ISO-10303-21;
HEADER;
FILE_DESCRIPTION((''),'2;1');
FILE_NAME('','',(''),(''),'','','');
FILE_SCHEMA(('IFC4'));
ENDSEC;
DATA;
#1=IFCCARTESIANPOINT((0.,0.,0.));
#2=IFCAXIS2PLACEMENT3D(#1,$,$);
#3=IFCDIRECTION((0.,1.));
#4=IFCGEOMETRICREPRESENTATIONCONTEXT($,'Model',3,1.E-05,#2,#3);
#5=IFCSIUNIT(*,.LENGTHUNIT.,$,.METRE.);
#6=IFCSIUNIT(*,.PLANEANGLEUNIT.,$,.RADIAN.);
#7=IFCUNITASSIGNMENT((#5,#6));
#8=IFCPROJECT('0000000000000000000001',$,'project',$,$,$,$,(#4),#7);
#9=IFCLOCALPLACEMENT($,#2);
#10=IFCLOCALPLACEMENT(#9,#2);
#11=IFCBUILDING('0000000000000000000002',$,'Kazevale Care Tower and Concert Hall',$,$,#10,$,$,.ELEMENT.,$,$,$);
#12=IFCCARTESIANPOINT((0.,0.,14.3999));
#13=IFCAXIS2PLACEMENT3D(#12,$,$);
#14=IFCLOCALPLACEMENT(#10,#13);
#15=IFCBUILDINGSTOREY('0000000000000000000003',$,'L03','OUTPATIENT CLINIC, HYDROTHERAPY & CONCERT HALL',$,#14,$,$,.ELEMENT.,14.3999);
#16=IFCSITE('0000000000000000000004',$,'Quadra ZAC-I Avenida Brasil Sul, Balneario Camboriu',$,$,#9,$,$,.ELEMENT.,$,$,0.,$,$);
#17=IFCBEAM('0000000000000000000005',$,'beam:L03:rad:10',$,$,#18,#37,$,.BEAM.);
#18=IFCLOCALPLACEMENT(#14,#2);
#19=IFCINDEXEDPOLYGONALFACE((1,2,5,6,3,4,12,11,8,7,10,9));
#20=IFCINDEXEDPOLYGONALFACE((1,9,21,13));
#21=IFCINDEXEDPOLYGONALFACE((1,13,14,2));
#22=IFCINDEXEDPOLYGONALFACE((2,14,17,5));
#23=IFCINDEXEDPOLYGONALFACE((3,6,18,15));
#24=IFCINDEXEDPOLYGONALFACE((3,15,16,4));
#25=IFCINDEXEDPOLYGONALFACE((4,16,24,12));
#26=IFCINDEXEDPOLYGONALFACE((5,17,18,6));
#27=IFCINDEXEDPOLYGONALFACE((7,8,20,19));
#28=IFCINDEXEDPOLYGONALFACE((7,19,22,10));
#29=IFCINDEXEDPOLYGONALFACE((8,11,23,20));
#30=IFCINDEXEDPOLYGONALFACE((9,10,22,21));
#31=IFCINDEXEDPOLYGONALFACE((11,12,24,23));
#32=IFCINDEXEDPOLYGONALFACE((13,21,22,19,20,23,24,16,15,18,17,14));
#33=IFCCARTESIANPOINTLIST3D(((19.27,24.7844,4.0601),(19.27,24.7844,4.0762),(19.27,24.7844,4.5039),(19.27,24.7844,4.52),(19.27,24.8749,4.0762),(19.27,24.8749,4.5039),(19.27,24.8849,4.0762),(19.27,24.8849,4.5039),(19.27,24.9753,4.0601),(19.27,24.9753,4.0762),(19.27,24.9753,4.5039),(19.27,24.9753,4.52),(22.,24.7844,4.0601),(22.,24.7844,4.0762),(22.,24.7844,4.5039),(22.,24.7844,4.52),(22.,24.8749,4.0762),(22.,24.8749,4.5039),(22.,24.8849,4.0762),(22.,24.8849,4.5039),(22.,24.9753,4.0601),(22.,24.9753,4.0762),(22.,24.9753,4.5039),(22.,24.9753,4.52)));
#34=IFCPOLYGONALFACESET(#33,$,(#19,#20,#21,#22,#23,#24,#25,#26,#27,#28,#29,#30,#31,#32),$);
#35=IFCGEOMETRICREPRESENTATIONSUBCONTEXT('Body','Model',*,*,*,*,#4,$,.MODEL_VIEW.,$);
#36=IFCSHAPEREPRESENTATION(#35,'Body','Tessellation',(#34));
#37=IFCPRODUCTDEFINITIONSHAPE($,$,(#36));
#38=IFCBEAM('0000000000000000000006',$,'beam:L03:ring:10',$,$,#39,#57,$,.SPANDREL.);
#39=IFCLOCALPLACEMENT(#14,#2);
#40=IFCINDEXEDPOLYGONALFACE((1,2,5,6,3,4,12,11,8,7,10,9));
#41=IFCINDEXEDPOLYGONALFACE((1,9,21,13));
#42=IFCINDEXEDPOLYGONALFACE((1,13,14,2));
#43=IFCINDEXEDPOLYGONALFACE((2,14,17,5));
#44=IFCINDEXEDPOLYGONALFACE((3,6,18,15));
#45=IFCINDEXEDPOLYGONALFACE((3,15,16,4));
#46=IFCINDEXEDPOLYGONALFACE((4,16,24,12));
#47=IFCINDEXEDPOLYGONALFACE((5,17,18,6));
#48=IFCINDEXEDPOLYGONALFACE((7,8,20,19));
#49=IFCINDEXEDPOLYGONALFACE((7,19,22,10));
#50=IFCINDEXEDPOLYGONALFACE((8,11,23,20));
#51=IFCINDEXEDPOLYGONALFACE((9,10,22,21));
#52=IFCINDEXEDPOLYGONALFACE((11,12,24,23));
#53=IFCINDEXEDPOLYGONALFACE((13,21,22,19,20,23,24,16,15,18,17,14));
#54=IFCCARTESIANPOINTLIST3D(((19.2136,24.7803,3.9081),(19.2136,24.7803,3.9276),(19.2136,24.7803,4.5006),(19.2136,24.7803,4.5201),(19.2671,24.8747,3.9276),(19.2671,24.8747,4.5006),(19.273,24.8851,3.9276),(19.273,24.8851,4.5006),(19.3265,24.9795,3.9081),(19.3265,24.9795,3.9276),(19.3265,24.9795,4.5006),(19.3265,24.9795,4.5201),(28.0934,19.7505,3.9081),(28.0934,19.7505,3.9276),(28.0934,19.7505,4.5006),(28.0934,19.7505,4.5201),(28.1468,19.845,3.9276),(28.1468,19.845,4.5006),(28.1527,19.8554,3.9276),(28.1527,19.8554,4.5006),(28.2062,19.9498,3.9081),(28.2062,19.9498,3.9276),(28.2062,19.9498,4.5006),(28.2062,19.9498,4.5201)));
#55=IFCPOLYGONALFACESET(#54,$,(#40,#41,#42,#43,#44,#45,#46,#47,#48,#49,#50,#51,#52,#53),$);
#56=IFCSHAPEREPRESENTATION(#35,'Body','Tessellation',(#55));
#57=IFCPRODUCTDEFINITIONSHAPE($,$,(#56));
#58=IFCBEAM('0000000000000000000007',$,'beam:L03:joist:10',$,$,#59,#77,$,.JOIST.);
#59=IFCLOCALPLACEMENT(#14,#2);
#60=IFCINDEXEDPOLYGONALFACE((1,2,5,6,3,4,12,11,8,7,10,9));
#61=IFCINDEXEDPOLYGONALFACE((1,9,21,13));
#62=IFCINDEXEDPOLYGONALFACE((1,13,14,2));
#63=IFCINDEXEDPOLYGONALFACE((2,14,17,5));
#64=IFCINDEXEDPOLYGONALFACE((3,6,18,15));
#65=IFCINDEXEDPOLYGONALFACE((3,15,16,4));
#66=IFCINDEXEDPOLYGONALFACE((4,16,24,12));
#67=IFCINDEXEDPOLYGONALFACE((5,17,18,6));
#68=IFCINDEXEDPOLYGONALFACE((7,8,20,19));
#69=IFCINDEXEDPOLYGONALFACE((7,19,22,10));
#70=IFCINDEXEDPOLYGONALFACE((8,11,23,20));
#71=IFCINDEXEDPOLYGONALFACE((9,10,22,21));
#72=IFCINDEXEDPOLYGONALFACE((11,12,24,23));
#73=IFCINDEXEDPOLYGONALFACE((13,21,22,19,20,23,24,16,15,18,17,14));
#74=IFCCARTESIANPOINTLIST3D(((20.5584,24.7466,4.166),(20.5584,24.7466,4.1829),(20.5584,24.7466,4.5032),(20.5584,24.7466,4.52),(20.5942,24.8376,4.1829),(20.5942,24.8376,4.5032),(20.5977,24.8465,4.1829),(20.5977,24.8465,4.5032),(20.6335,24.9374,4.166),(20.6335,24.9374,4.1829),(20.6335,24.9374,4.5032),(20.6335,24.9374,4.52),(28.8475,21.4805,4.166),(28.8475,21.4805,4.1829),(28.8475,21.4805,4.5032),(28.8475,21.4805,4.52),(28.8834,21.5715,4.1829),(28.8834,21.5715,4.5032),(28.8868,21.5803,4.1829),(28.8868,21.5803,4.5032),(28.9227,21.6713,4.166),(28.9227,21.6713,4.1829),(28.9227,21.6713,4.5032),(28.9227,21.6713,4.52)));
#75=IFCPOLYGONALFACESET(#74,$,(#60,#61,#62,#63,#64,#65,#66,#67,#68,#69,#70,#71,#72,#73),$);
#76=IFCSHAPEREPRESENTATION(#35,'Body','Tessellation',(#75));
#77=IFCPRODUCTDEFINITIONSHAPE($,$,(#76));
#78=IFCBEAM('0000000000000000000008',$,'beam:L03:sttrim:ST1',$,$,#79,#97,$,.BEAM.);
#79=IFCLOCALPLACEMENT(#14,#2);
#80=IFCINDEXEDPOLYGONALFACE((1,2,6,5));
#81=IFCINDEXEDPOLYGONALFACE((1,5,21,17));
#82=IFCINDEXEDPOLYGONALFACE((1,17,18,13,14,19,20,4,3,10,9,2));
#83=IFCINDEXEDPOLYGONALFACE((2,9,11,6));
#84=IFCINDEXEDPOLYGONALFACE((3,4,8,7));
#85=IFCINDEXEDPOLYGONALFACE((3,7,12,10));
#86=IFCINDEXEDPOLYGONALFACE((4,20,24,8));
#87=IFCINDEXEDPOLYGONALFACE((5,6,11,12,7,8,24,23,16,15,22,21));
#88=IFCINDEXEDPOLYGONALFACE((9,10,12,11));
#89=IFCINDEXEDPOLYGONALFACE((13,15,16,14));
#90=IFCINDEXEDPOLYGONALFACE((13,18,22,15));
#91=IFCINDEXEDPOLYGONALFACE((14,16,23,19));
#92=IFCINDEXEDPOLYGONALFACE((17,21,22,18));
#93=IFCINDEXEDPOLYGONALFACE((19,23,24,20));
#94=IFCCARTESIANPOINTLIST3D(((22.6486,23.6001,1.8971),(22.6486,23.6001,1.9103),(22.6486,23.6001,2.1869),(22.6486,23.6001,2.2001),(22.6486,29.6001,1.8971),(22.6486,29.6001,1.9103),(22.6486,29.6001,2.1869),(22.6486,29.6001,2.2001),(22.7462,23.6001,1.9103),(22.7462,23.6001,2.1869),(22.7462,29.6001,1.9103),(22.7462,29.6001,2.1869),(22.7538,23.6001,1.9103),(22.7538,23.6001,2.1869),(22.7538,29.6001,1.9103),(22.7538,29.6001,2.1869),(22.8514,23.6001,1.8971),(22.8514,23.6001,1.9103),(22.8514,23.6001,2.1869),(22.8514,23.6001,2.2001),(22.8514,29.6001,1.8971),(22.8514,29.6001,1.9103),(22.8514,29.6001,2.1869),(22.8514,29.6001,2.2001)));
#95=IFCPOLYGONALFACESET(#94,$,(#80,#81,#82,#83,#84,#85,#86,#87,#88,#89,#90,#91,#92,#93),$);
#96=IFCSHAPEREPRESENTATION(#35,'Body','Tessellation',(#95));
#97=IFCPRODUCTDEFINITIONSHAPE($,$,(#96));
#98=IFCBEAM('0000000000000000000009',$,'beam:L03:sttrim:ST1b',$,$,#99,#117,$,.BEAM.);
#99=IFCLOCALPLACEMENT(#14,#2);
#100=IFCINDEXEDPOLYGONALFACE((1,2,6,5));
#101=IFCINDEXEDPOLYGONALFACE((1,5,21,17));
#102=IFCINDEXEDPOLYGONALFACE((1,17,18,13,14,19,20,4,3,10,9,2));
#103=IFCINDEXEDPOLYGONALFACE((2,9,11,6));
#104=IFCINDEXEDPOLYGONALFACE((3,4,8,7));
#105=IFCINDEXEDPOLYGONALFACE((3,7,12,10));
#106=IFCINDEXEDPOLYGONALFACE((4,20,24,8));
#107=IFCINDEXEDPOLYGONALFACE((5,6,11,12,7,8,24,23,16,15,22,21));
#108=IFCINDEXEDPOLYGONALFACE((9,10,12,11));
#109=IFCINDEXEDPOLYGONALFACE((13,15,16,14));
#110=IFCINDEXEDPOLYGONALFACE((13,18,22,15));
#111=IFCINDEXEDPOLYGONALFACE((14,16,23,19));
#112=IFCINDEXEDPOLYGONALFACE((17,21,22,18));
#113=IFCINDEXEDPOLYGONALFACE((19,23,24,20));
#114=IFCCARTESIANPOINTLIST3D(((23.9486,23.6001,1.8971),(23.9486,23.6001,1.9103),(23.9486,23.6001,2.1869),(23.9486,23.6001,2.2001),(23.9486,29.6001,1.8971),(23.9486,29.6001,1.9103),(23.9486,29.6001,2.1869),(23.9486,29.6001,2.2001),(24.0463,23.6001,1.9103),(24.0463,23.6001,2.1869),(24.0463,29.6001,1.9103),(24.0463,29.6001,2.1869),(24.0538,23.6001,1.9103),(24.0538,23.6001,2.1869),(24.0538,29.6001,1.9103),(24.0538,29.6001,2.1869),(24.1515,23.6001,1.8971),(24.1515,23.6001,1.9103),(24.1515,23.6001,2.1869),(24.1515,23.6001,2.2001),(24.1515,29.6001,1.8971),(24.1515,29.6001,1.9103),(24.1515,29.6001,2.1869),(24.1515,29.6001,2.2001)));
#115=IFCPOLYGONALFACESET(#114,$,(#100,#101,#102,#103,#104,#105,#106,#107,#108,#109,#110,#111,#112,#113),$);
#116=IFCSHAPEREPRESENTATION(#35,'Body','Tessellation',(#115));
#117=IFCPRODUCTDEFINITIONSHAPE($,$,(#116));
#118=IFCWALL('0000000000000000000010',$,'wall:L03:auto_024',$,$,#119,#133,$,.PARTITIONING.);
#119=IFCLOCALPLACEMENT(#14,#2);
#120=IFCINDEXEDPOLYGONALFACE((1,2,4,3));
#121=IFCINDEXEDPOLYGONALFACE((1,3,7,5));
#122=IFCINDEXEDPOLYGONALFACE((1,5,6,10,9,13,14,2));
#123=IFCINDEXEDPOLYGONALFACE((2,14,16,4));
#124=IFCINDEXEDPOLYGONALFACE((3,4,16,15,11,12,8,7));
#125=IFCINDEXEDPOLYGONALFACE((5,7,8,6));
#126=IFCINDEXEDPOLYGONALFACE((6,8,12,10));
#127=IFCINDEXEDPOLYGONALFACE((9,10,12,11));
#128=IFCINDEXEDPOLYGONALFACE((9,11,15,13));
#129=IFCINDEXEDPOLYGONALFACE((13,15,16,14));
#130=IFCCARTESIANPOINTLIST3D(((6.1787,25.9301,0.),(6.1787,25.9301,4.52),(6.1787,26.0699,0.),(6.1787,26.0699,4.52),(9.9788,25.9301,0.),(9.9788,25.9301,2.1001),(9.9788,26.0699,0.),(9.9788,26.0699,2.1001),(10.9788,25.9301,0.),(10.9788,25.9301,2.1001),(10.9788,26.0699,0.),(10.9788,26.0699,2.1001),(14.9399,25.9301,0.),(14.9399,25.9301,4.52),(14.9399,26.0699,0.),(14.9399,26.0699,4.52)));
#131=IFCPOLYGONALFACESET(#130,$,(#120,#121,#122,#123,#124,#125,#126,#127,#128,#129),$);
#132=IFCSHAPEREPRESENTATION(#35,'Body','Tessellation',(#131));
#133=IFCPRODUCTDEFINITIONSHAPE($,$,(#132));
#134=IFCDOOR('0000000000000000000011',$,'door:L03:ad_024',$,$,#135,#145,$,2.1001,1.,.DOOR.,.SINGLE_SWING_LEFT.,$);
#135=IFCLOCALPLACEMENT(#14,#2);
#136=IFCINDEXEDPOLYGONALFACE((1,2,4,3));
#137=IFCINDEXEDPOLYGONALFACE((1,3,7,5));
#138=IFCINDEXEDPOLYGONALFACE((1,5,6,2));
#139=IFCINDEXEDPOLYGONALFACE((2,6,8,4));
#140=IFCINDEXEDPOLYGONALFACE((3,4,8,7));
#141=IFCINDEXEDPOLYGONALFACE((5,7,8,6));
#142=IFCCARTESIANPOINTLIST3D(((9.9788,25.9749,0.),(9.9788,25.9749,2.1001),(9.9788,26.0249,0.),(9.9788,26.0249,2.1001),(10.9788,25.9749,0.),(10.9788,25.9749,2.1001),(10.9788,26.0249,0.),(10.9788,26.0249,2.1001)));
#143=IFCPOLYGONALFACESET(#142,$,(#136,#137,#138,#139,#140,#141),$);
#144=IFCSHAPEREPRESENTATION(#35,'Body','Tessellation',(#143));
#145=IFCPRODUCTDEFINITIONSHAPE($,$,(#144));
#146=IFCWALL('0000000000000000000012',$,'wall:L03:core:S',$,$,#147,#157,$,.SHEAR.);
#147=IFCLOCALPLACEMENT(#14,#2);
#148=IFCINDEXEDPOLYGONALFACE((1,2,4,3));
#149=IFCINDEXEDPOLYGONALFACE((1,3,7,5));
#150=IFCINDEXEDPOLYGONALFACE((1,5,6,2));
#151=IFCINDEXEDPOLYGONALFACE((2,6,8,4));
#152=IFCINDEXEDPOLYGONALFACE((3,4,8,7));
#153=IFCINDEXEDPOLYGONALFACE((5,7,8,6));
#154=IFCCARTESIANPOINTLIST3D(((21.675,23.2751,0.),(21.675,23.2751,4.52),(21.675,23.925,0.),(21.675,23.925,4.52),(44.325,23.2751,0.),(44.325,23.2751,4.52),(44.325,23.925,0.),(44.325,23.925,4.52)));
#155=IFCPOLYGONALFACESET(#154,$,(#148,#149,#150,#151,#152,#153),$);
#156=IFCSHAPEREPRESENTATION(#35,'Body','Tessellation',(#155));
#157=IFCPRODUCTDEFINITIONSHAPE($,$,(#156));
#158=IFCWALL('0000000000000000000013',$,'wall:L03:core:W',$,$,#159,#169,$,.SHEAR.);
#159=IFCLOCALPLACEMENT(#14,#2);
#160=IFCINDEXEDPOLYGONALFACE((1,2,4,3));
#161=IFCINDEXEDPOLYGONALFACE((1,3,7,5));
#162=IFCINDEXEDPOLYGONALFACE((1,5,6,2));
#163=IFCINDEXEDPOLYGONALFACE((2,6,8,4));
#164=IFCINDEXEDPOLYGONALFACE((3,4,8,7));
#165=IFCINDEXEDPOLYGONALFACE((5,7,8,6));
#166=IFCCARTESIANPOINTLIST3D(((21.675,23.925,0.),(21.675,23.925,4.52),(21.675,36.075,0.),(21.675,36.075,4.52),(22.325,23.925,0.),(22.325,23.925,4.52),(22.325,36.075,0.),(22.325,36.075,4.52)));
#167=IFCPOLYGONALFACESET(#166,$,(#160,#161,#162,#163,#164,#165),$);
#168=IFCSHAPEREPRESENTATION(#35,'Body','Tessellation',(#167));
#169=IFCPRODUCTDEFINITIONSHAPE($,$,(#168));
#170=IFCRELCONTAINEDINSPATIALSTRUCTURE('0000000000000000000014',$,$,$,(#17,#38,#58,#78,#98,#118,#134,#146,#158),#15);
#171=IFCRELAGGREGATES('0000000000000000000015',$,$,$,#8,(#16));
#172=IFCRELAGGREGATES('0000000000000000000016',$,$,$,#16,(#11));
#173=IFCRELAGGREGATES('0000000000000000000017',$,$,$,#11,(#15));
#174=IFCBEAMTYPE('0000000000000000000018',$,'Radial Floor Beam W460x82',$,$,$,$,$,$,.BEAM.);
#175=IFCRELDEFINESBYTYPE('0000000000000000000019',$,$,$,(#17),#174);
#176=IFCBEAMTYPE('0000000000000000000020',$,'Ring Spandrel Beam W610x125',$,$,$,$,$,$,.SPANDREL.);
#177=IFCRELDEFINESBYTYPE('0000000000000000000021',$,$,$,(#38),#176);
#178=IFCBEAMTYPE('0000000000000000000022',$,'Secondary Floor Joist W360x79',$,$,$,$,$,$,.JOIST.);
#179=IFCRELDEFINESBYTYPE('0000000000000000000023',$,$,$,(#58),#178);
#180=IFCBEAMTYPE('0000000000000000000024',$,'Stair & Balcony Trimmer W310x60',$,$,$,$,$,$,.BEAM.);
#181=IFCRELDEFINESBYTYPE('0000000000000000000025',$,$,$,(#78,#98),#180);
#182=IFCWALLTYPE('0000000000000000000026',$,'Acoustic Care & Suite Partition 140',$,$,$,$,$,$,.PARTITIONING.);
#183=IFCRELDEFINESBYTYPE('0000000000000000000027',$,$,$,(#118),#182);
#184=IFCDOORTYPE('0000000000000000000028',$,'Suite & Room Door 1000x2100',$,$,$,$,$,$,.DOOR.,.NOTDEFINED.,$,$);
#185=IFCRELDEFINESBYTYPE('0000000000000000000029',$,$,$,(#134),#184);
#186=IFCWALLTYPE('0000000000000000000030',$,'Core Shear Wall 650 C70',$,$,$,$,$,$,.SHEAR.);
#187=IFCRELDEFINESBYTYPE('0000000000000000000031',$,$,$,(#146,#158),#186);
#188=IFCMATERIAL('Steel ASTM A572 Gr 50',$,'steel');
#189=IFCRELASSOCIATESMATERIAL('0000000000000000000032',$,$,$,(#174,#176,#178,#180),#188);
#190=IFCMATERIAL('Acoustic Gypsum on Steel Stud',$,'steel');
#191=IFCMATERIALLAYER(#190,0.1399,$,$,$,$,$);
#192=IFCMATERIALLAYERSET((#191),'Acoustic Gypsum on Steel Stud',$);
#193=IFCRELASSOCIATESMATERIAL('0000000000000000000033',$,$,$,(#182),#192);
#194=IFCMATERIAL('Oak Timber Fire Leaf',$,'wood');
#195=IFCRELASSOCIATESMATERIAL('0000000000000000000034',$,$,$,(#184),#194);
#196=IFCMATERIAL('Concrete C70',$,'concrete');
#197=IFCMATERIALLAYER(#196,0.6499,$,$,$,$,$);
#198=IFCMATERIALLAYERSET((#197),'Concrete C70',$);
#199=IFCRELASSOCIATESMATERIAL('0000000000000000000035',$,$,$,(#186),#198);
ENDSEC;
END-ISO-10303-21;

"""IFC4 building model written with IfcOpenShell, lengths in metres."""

from ifc_helpers import new_model, si_unit, direction, frame, frame_2d, origin, origin_2d, place, context, subcontext, project, spatial, rectangle, i_section, extrude, material, layer, layer_set, material_profile, profile_set, type_object, element, fill, save


model = new_model("IFC4")

# Units and contexts
model_context = context("Model", 3, precision=1e-05, world=origin(), true_north=direction((0.0, 1.0)))
body_context = subcontext(model_context, "Body", "Model", "MODEL_VIEW")
ifc_project = project(units=[si_unit("LENGTHUNIT", "METRE"), si_unit("PLANEANGLEUNIT", "RADIAN")], contexts=[model_context])

# Site, building, storey
site_placement = place(None, origin())
site = spatial("IfcSite", under=ifc_project, at=site_placement, Name="Quadra ZAC-I Avenida Brasil Sul, Balneario Camboriu", CompositionType="ELEMENT", RefElevation=0.0)
building_placement = place(site_placement, origin())
building = spatial("IfcBuilding", under=site, at=building_placement, Name="Kazevale Care Tower and Concert Hall", CompositionType="ELEMENT")
storey_placement = place(building_placement, frame((0.0, 0.0, 14.3999)))
storey = spatial("IfcBuildingStorey", under=building, at=storey_placement, Name="L03", Description="OUTPATIENT CLINIC, HYDROTHERAPY & CONCERT HALL", CompositionType="ELEMENT", Elevation=14.3999)

# Shared definitions
ifc_material_1 = material(Name="Concrete C70", Category="concrete")

# Beams
ifc_material_2 = material(Name="Steel ASTM A572 Gr 50", Category="steel")
ifc_material_profile_1 = material_profile(ifc_material_2, i_section(OverallWidth=0.1909, OverallDepth=0.46, WebThickness=0.01, FlangeThickness=0.0161, at=origin_2d()), Name="W460x82")
ifc_profile_set_1 = profile_set([ifc_material_profile_1], Name="Steel ASTM A572 Gr 50")
beam_type_1 = type_object("IfcBeamType", Name="Radial Floor Beam W460x82", PredefinedType="BEAM", material=ifc_profile_set_1)
beam_1_placement = place(storey_placement, frame((22.0, 24.8799, 4.29), z_axis=(-1.0, 0.0, 0.0), x_axis=(0.0, -1.0, 0.0)))
element("IfcBeam", 1, at=beam_1_placement, inside=storey, type_object=beam_type_1, Name="beam:L03:rad:10", PredefinedType="BEAM", context=body_context, shape_type="SweptSolid", body=[
    extrude(i_section(OverallWidth=0.1909, OverallDepth=0.46, WebThickness=0.01, FlangeThickness=0.0161, at=origin_2d()), origin(), (0.0, 0.0, 1.0), 2.73),
])
ifc_material_profile_2 = material_profile(ifc_material_2, i_section(OverallWidth=0.229, OverallDepth=0.6121, WebThickness=0.012, FlangeThickness=0.0195, at=origin_2d()), Name="W610x125")
ifc_profile_set_2 = profile_set([ifc_material_profile_2], Name="Steel ASTM A572 Gr 50")
beam_type_2 = type_object("IfcBeamType", Name="Ring Spandrel Beam W610x125", PredefinedType="SPANDREL", material=ifc_profile_set_2)
beam_2_placement = place(storey_placement, frame((19.27, 24.8799, 4.2141), z_axis=(0.870112, -0.492853, 0.0), x_axis=(0.492853, 0.870112, 0.0)))
element("IfcBeam", 2, at=beam_2_placement, inside=storey, type_object=beam_type_2, Name="beam:L03:ring:10", PredefinedType="SPANDREL", context=body_context, shape_type="SweptSolid", body=[
    extrude(i_section(OverallWidth=0.229, OverallDepth=0.6121, WebThickness=0.012, FlangeThickness=0.0195, at=origin_2d()), origin(), (0.0, 0.0, 1.0), 10.2053),
])
ifc_material_profile_3 = material_profile(ifc_material_2, i_section(OverallWidth=0.2051, OverallDepth=0.354, WebThickness=0.0095, FlangeThickness=0.0168, at=origin_2d()), Name="W360x79")
ifc_profile_set_3 = profile_set([ifc_material_profile_3], Name="Steel ASTM A572 Gr 50")
beam_type_3 = type_object("IfcBeamType", Name="Secondary Floor Joist W360x79", PredefinedType="JOIST", material=ifc_profile_set_3)
beam_3_placement = place(storey_placement, frame((20.5959, 24.842, 4.343), z_axis=(0.930381, -0.366595, 0.0), x_axis=(0.366595, 0.930381, 0.0)))
element("IfcBeam", 3, at=beam_3_placement, inside=storey, type_object=beam_type_3, Name="beam:L03:joist:10", PredefinedType="JOIST", context=body_context, shape_type="SweptSolid", body=[
    extrude(i_section(OverallWidth=0.2051, OverallDepth=0.354, WebThickness=0.0095, FlangeThickness=0.0168, at=origin_2d()), origin(), (0.0, 0.0, 1.0), 8.9094),
])
ifc_material_profile_4 = material_profile(ifc_material_2, i_section(OverallWidth=0.2029, OverallDepth=0.303, WebThickness=0.0076, FlangeThickness=0.0132, at=origin_2d()), Name="W310x60")
ifc_profile_set_4 = profile_set([ifc_material_profile_4], Name="Steel ASTM A572 Gr 50")
beam_type_4 = type_object("IfcBeamType", Name="Stair & Balcony Trimmer W310x60", PredefinedType="BEAM", material=ifc_profile_set_4)
for number, where, z_axis, x_axis, name in (
    (4, (22.75, 23.6001, 2.0486), (0.0, 1.0, 0.0), (-1.0, 0.0, 0.0), "beam:L03:sttrim:ST1"),
    (5, (24.05, 23.6001, 2.0486), (0.0, 1.0, 0.0), (-1.0, 0.0, 0.0), "beam:L03:sttrim:ST1b"),
):
    element("IfcBeam", number, at=place(storey_placement, frame(where, z_axis=z_axis, x_axis=x_axis)), inside=storey, type_object=beam_type_4, Name=name, PredefinedType="BEAM", context=body_context, shape_type="SweptSolid", body=[
        extrude(i_section(OverallWidth=0.2029, OverallDepth=0.303, WebThickness=0.0076, FlangeThickness=0.0132, at=origin_2d()), origin(), (0.0, 0.0, 1.0), 6.0),
    ])

# Wall, opening, door
ifc_material_3 = material(Name="Acoustic Gypsum on Steel Stud", Category="steel")
ifc_layer_1 = layer(ifc_material_3, 0.1399)
ifc_layer_set_1 = layer_set([ifc_layer_1], Name="Acoustic Gypsum on Steel Stud")
wall_type_1 = type_object("IfcWallType", Name="Acoustic Care & Suite Partition 140", PredefinedType="PARTITIONING", material=ifc_layer_set_1)
wall_1_placement = place(storey_placement, frame((6.1787, 26.0, 0.0), z_axis=(0.0, 0.0, 1.0), x_axis=(1.0, 0.0, 0.0)))
wall_1 = element("IfcWall", 6, at=wall_1_placement, inside=storey, type_object=wall_type_1, Name="wall:L03:auto_024", PredefinedType="PARTITIONING", context=body_context, shape_type="SweptSolid", body=[
    extrude(rectangle(XDim=8.7612, YDim=0.1399, at=frame_2d((4.3806, 0.0))), origin(), (0.0, 0.0, 1.0), 4.52),
])
opening_1_placement = place(wall_1_placement, frame((3.8, 0.0, 0.0)))
opening_1 = element("IfcOpeningElement", 7, at=opening_1_placement, cuts=wall_1, PredefinedType="OPENING", context=body_context, shape_type="SweptSolid", body=[
    extrude(rectangle(XDim=1.0, YDim=2.1001, at=frame_2d((0.5, 1.05))), frame((0.0, 0.0798, 0.0), z_axis=(0.0, -1.0, 0.0), x_axis=(1.0, 0.0, 0.0)), (0.0, 0.0, 1.0), 0.1599),
])
ifc_material_4 = material(Name="Oak Timber Fire Leaf", Category="wood")
door_type_1 = type_object("IfcDoorType", Name="Suite & Room Door 1000x2100", OperationType="NOTDEFINED", PredefinedType="DOOR", material=ifc_material_4)
door_1_placement = place(opening_1_placement, origin())
door_1 = element("IfcDoor", 8, at=door_1_placement, inside=storey, type_object=door_type_1, Name="door:L03:ad_024", OperationType="SINGLE_SWING_LEFT", OverallHeight=2.1001, OverallWidth=1.0, PredefinedType="DOOR", context=body_context, shape_type="SweptSolid", body=[
    extrude(rectangle(XDim=1.0, YDim=2.1001, at=frame_2d((0.5, 1.05))), frame((0.0, 0.0249, 0.0), z_axis=(0.0, -1.0, 0.0), x_axis=(1.0, 0.0, 0.0)), (0.0, 0.0, 1.0), 0.05),
])
fill(opening_1, door_1)

# Walls
ifc_layer_2 = layer(ifc_material_1, 0.6499)
ifc_layer_set_2 = layer_set([ifc_layer_2], Name="Concrete C70")
wall_type_2 = type_object("IfcWallType", Name="Core Shear Wall 650 C70", PredefinedType="SHEAR", material=ifc_layer_set_2)
wall_2_placement = place(storey_placement, frame((21.675, 23.6001, 0.0), z_axis=(0.0, 0.0, 1.0), x_axis=(1.0, 0.0, 0.0)))
element("IfcWall", 9, at=wall_2_placement, inside=storey, type_object=wall_type_2, Name="wall:L03:core:S", PredefinedType="SHEAR", context=body_context, shape_type="SweptSolid", body=[
    extrude(rectangle(XDim=22.6499, YDim=0.6499, at=frame_2d((11.325, 0.0))), origin(), (0.0, 0.0, 1.0), 4.52),
])
wall_3_placement = place(storey_placement, frame((22.0, 23.925, 0.0), z_axis=(0.0, 0.0, 1.0), x_axis=(0.0, 1.0, 0.0)))
element("IfcWall", 10, at=wall_3_placement, inside=storey, type_object=wall_type_2, Name="wall:L03:core:W", PredefinedType="SHEAR", context=body_context, shape_type="SweptSolid", body=[
    extrude(rectangle(XDim=12.1499, YDim=0.6499, at=frame_2d((6.075, 0.0))), origin(), (0.0, 0.0, 1.0), 4.52),
])

save(model, "model.ifc")
